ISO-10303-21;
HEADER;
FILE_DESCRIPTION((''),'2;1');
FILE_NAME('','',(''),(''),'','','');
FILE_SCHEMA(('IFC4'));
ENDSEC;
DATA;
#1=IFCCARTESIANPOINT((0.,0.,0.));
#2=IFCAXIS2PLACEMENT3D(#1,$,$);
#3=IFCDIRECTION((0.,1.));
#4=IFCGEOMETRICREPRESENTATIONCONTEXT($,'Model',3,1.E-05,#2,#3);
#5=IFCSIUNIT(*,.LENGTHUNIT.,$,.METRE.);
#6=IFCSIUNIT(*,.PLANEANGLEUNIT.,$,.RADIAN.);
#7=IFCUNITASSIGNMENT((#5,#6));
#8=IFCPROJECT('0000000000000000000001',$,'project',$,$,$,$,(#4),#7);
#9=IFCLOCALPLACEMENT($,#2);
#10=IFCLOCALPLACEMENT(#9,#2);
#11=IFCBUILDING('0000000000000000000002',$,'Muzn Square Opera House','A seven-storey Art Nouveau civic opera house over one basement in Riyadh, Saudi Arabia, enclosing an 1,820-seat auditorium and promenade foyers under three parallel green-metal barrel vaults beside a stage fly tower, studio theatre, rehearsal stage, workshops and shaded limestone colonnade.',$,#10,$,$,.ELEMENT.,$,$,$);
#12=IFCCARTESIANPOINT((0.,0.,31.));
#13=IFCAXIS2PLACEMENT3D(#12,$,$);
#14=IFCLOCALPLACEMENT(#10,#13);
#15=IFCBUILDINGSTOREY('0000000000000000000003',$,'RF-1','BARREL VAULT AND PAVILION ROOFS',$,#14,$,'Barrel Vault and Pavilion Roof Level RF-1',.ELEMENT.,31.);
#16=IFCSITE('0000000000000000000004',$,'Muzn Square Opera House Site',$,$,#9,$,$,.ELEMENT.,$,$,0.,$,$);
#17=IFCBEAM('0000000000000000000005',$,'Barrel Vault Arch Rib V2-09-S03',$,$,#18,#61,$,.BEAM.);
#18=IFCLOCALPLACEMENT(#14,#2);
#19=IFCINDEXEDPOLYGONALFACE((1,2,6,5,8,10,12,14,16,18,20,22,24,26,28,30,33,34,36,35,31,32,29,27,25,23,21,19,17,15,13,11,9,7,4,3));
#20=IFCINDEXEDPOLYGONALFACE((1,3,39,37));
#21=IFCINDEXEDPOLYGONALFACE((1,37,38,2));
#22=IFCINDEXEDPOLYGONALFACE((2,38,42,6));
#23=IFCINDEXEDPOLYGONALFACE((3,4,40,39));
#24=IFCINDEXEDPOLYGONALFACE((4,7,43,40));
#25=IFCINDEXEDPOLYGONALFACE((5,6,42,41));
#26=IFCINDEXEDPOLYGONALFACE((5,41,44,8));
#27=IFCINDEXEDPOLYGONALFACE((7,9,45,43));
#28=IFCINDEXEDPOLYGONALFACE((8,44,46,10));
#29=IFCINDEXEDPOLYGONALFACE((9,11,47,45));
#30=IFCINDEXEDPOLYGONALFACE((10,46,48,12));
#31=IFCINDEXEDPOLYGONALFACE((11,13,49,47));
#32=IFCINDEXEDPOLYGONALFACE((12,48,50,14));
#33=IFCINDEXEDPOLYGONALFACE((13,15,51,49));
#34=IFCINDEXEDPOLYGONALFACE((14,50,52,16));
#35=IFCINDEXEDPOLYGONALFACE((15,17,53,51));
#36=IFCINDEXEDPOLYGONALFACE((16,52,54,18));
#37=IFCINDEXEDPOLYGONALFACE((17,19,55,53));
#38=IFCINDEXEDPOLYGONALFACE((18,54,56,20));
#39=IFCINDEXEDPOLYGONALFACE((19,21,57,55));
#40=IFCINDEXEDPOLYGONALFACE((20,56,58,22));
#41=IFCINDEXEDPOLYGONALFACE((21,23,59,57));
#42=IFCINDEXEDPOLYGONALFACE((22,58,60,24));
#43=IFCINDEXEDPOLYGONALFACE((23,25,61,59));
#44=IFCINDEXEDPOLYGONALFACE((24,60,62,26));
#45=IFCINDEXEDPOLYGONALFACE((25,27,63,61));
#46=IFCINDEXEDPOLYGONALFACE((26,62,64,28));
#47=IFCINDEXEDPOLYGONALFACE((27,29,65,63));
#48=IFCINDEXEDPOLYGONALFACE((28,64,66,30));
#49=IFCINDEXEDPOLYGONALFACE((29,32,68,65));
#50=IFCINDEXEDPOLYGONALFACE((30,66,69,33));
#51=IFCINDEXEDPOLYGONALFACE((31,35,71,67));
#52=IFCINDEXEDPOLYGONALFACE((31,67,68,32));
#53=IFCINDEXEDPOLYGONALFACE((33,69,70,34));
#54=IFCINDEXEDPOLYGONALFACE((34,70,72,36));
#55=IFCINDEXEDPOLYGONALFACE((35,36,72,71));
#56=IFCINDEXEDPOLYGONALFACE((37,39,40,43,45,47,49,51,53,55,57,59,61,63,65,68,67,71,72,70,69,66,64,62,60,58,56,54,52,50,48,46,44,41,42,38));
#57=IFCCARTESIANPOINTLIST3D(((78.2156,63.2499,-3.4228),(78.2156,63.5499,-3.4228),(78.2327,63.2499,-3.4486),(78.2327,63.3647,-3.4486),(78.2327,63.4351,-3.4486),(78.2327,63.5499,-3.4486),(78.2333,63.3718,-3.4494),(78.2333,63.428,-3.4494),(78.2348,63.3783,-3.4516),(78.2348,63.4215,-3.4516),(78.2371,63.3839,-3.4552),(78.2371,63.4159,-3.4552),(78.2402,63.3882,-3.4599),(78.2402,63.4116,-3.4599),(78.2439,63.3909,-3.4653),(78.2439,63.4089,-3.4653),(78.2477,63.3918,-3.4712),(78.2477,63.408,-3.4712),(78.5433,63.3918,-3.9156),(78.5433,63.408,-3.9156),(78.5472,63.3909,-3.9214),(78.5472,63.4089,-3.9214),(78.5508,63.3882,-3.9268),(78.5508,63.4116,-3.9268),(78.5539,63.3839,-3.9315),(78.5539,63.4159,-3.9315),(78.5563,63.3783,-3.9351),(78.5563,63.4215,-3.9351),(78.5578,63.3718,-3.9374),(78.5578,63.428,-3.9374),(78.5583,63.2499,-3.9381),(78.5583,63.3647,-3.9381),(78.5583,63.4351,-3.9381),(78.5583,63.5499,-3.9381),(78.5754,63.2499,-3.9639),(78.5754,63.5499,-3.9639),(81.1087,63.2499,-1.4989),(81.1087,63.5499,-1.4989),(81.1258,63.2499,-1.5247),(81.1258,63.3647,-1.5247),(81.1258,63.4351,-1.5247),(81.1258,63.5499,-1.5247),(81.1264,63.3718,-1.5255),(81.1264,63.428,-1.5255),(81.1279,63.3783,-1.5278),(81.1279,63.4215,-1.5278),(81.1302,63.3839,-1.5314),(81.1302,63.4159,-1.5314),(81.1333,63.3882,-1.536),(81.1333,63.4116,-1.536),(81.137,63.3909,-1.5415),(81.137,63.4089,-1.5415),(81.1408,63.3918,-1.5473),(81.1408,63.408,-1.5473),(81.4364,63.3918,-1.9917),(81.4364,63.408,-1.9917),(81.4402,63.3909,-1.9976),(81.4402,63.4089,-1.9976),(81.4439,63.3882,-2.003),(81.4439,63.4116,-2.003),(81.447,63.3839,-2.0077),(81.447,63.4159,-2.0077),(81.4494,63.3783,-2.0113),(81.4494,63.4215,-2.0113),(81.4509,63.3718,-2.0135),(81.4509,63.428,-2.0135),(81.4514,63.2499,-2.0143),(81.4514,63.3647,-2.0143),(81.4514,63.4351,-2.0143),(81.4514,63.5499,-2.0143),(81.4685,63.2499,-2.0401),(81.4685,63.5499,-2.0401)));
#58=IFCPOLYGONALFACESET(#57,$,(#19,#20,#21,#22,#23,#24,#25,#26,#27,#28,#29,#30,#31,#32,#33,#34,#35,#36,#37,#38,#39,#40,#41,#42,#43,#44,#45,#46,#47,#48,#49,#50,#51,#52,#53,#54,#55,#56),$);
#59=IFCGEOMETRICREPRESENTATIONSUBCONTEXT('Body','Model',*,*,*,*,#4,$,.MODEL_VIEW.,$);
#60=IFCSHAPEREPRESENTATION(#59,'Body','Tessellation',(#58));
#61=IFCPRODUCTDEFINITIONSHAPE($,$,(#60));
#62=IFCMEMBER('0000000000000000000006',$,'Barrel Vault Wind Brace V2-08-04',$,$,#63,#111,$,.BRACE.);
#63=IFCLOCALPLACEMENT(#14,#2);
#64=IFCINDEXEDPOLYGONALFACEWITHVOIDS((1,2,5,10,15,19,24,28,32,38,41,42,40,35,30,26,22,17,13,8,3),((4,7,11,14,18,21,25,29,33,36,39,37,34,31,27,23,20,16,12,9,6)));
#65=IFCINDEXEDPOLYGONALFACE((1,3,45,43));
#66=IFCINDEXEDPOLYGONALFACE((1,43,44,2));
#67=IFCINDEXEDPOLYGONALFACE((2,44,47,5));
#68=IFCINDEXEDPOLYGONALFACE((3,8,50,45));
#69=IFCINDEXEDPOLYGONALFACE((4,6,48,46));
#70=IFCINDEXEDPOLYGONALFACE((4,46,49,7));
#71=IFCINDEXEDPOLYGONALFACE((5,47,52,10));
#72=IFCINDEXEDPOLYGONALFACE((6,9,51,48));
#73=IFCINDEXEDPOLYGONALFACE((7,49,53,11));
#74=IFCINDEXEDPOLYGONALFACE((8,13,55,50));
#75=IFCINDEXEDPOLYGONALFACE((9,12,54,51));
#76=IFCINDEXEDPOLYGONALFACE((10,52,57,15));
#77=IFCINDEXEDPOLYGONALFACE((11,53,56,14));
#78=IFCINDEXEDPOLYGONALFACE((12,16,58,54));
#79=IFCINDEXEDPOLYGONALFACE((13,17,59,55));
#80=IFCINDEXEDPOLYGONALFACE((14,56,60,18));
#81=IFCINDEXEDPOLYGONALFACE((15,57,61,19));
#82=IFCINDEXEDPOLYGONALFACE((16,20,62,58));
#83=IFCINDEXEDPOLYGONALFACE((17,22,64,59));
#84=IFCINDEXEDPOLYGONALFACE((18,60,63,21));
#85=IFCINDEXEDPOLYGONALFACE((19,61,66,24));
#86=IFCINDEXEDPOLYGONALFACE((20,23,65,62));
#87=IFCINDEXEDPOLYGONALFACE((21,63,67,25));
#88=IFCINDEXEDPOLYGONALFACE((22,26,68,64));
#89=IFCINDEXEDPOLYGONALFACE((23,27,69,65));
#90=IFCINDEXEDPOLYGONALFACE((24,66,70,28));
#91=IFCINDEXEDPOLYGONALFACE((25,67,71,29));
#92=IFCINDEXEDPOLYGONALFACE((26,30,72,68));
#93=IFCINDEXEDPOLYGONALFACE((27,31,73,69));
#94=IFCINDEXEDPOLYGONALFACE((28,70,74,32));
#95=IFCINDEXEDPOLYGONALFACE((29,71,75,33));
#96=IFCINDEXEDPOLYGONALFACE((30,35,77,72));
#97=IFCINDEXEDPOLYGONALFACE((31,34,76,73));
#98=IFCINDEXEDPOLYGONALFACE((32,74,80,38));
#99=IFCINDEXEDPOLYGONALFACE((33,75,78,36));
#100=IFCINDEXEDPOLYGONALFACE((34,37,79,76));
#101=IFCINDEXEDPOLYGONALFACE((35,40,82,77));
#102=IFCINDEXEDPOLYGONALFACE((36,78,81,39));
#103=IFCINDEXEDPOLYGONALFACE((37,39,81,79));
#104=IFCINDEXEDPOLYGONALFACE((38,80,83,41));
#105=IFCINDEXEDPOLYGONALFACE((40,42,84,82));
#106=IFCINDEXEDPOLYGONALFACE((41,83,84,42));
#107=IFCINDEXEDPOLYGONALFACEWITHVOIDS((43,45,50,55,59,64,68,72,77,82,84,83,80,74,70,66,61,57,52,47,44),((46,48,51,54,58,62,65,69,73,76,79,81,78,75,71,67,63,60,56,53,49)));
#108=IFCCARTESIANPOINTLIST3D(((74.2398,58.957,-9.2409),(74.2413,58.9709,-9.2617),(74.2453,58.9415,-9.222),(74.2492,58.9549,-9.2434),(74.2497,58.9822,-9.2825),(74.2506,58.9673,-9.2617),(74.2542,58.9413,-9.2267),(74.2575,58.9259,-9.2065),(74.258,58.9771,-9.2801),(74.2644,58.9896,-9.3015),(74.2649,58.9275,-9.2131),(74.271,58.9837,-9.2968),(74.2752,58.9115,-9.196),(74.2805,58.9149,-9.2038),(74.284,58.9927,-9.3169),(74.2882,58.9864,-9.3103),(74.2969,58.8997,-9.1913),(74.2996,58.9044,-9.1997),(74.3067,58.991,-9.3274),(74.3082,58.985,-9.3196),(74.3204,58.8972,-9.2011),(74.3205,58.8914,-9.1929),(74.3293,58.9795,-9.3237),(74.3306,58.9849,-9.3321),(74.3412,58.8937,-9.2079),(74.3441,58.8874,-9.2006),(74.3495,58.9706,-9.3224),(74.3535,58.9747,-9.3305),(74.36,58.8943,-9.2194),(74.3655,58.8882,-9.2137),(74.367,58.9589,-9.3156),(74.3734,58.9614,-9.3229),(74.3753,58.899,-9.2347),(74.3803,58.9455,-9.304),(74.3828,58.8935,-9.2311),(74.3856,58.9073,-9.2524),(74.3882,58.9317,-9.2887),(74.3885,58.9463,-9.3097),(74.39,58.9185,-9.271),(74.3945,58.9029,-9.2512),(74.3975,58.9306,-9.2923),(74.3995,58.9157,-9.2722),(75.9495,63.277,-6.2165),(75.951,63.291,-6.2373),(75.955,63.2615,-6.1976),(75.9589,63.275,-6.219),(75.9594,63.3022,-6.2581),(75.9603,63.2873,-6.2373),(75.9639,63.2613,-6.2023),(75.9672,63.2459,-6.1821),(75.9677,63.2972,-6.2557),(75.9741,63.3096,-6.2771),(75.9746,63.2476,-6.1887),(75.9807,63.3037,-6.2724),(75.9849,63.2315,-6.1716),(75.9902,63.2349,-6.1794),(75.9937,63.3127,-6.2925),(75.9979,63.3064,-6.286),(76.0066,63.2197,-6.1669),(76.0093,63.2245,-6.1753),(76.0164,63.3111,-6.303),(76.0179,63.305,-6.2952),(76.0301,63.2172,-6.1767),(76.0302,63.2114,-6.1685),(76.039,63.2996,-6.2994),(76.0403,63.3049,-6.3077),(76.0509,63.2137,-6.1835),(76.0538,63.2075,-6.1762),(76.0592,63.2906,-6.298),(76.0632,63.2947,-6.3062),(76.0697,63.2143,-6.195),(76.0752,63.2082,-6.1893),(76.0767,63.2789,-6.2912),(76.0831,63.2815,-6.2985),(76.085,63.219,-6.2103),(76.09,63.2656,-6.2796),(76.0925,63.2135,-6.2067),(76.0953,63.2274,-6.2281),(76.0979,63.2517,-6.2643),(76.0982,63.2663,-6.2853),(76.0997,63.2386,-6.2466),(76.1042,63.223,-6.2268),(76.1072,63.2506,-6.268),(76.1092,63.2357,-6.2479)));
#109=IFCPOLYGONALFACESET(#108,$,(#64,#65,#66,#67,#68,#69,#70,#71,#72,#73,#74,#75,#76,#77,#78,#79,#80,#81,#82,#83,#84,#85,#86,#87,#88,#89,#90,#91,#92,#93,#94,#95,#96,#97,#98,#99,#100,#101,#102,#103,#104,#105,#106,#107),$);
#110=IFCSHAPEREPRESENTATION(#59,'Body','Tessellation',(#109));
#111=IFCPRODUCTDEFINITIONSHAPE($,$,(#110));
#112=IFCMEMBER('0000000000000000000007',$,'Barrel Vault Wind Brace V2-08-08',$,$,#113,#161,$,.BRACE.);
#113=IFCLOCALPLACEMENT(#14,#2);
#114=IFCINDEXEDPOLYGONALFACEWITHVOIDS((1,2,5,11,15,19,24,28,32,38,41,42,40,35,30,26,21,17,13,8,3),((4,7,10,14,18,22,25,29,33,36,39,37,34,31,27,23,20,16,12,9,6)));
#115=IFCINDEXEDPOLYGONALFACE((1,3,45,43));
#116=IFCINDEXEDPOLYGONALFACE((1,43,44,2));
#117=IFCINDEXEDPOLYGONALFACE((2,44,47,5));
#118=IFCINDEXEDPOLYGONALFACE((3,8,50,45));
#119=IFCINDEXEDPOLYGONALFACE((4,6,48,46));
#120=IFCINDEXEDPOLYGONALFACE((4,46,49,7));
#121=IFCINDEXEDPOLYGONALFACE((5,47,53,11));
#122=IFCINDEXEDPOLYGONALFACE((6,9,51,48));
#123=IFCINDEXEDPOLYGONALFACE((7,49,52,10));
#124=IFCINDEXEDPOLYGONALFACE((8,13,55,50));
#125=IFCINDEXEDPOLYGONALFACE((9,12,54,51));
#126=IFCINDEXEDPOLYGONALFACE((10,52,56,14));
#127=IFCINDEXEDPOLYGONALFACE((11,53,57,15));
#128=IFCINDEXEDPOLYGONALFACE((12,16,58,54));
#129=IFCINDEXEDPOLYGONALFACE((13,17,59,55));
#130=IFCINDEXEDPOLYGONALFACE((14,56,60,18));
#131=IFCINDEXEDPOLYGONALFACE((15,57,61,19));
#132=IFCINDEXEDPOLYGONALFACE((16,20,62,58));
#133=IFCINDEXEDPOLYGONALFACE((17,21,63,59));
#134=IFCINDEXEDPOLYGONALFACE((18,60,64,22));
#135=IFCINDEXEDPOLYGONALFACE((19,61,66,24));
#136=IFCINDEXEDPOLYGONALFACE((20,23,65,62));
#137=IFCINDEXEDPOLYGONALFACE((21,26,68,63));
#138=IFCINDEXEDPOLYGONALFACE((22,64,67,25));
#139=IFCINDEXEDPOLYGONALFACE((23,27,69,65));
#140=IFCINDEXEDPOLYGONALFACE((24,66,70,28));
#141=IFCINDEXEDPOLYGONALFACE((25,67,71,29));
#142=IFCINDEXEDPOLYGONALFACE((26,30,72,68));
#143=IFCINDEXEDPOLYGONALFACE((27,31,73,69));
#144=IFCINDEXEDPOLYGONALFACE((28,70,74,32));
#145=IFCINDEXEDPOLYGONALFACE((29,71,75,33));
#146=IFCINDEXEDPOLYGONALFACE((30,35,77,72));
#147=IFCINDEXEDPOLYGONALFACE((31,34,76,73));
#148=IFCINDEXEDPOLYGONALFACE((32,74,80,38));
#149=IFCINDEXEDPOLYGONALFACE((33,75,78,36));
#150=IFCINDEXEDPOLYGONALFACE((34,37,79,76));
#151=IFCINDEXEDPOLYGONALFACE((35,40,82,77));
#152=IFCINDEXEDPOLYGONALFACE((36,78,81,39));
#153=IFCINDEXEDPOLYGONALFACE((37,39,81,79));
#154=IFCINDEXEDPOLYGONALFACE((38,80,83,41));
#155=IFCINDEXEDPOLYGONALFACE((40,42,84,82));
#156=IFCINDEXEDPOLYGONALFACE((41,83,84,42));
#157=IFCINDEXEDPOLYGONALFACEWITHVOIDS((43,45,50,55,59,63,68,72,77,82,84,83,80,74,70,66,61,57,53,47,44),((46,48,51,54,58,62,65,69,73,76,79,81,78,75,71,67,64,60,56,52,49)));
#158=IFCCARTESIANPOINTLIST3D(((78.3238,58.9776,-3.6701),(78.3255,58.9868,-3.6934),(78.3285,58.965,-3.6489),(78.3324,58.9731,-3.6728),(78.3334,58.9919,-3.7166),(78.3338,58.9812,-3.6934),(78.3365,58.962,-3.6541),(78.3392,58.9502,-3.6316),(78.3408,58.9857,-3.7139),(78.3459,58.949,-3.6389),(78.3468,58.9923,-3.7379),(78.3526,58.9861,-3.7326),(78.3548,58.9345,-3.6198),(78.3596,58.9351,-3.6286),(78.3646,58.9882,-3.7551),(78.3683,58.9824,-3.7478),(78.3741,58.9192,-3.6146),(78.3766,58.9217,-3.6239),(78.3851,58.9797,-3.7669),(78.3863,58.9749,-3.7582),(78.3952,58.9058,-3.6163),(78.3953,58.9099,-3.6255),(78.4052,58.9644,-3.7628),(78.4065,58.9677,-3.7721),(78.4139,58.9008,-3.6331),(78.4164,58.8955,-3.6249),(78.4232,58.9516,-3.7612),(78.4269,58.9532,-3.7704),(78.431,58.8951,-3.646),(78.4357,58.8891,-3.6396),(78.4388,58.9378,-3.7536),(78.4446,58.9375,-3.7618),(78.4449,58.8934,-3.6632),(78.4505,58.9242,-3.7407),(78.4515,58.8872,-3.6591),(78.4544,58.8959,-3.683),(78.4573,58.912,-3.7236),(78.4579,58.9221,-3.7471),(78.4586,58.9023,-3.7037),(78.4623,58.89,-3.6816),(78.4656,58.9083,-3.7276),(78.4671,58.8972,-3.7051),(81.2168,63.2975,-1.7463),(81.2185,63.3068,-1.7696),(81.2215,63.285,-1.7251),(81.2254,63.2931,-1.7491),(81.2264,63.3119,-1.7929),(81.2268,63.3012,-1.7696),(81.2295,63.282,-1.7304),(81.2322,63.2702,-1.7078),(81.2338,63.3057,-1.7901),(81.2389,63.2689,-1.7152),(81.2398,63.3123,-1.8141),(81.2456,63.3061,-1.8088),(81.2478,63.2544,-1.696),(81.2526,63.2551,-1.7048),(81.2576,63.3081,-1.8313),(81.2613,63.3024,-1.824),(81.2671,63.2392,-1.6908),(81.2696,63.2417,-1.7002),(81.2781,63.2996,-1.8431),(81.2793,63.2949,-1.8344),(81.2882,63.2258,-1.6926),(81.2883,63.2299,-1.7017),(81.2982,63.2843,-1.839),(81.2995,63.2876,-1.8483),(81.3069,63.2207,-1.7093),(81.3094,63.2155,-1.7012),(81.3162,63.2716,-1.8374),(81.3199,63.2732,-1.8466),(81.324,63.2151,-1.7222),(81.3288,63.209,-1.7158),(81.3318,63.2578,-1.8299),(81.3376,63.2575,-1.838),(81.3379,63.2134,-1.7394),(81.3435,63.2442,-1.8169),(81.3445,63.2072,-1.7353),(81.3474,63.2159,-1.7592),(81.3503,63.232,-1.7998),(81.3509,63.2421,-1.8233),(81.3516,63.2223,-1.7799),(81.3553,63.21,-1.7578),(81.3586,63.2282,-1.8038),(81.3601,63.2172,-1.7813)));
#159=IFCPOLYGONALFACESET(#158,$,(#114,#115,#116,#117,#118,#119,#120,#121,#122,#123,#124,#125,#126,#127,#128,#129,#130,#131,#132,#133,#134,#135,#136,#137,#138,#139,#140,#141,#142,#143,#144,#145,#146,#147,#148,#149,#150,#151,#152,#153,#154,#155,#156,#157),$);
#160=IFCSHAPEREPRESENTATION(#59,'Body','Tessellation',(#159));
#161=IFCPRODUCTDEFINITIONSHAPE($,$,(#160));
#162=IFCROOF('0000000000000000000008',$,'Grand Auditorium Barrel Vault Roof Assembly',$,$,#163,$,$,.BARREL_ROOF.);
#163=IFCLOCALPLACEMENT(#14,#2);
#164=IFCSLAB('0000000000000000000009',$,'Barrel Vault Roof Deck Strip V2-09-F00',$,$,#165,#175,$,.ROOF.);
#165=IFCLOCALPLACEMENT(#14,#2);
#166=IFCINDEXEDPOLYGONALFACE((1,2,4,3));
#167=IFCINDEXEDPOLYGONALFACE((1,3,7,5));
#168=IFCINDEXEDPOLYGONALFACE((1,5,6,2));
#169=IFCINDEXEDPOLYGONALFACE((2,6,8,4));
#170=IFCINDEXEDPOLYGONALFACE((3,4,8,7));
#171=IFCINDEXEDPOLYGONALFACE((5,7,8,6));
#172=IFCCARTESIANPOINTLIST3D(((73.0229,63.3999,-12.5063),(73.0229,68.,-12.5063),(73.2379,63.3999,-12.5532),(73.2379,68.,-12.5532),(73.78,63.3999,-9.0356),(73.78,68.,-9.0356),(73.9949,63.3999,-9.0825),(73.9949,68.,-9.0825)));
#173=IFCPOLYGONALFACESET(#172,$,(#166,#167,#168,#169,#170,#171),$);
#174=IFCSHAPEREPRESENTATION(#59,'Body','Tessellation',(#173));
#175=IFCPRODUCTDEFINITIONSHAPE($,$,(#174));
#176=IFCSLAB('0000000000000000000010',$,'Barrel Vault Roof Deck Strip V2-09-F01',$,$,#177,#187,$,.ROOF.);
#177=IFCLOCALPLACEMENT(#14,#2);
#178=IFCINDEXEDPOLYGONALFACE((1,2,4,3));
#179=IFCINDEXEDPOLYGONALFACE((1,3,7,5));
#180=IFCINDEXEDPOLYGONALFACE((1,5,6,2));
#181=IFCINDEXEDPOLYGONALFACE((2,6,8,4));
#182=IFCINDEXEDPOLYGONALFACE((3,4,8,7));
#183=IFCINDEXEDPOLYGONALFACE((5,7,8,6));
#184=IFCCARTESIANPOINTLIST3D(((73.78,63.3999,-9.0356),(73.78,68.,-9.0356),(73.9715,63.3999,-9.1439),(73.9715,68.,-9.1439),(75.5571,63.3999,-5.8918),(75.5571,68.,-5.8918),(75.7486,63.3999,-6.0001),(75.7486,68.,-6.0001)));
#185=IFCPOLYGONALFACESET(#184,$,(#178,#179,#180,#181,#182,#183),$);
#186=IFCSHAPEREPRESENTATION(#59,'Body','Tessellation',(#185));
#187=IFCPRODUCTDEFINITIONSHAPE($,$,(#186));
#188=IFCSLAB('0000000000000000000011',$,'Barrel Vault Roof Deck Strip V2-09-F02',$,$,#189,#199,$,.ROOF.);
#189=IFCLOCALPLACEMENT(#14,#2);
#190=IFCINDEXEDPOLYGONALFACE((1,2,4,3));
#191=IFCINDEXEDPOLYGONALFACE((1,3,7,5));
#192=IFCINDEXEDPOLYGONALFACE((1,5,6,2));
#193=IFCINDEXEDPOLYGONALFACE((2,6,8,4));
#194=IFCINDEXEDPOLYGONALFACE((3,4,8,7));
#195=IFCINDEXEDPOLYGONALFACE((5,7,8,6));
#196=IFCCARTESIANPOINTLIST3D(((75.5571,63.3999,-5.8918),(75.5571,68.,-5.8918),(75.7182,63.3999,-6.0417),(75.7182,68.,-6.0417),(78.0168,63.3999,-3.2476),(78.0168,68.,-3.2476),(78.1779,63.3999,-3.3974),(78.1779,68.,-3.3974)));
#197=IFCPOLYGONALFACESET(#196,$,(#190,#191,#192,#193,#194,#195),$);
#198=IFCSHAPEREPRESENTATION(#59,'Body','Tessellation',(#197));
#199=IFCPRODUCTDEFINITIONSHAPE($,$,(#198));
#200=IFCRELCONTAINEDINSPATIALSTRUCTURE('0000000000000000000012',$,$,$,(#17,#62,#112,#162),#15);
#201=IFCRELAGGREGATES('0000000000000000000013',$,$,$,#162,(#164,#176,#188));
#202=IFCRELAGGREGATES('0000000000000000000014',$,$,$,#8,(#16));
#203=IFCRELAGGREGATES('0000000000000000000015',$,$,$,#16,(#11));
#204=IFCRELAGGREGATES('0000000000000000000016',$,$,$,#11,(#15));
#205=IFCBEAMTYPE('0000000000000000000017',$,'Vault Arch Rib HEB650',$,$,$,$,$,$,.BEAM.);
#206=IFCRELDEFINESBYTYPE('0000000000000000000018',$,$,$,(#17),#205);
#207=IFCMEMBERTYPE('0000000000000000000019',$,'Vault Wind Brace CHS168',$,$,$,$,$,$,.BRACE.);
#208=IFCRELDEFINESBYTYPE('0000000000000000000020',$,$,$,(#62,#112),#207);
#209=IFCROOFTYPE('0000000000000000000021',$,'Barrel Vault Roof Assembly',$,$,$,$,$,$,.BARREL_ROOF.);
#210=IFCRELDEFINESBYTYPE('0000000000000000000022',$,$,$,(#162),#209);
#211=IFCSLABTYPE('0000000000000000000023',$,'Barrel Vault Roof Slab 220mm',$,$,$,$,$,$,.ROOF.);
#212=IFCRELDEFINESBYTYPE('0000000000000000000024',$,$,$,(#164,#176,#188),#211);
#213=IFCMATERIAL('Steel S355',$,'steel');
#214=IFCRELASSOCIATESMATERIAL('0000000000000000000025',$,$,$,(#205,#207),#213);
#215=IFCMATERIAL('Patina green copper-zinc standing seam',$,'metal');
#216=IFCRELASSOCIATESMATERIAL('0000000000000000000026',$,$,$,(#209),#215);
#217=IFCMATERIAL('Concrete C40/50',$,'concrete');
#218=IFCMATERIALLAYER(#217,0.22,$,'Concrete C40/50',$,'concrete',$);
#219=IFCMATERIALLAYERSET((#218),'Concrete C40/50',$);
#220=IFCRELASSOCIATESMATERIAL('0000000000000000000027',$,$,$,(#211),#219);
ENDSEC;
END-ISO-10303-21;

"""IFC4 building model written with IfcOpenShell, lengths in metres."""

from ifc_helpers import new_model, si_unit, direction, frame, origin, origin_2d, place, context, subcontext, project, spatial, polyline, hollow_circle, i_section, outline, extrude, material, layer, layer_set, material_profile, profile_set, type_object, element, aggregate, save


model = new_model("IFC4")

# Units and contexts
model_context = context("Model", 3, precision=1e-05, world=origin(), true_north=direction((0.0, 1.0)))
body_context = subcontext(model_context, "Body", "Model", "MODEL_VIEW")
ifc_project = project(units=[si_unit("LENGTHUNIT", "METRE"), si_unit("PLANEANGLEUNIT", "RADIAN")], contexts=[model_context])

# Site, building, storey
site_placement = place(None, origin())
site = spatial("IfcSite", under=ifc_project, at=site_placement, Name="Muzn Square Opera House Site", CompositionType="ELEMENT", RefElevation=0.0)
building_placement = place(site_placement, origin())
building = spatial("IfcBuilding", under=site, at=building_placement, Name="Muzn Square Opera House", Description="A seven-storey Art Nouveau civic opera house over one basement in Riyadh, Saudi Arabia, enclosing an 1,820-seat auditorium and promenade foyers under three parallel green-metal barrel vaults beside a stage fly tower, studio theatre, rehearsal stage, workshops and shaded limestone colonnade.", CompositionType="ELEMENT")
storey_placement = place(building_placement, frame((0.0, 0.0, 31.0)))
storey = spatial("IfcBuildingStorey", under=building, at=storey_placement, Name="RF-1", Description="BARREL VAULT AND PAVILION ROOFS", LongName="Barrel Vault and Pavilion Roof Level RF-1", CompositionType="ELEMENT", Elevation=31.0)

# Beam
ifc_material_1 = material(Name="Steel S355", Category="steel")
ifc_material_profile_1 = material_profile(ifc_material_1, i_section(OverallWidth=0.3, OverallDepth=0.6499, WebThickness=0.0161, FlangeThickness=0.031, FilletRadius=0.0271, at=origin_2d()), Name="HEB 650", Category="steel")
ifc_profile_set_1 = profile_set([ifc_material_profile_1], Name="Steel S355")
beam_type_1 = type_object("IfcBeamType", Name="Vault Arch Rib HEB650", PredefinedType="BEAM", material=ifc_profile_set_1)
for number, where, z_axis, x_axis, name in (
    (1, (78.3955, 63.3999, -3.6934), (0.832698, 0.0, 0.553727), (0.0, 1.0, 0.0), "Barrel Vault Arch Rib V2-09-S03"),
):
    element("IfcBeam", number, at=place(storey_placement, frame(where, z_axis=z_axis, x_axis=x_axis)), inside=storey, type_object=beam_type_1, Name=name, PredefinedType="BEAM", context=body_context, shape_type="SweptSolid", body=[
        extrude(i_section(OverallWidth=0.3, OverallDepth=0.6499, WebThickness=0.0161, FlangeThickness=0.031, FilletRadius=0.0271, at=origin_2d()), origin(), (0.0, 0.0, 1.0), 3.4744),
    ])

# Members
ifc_material_profile_2 = material_profile(ifc_material_1, hollow_circle(Radius=0.0842, WallThickness=0.01, at=origin_2d()), Name="CHS 168.3x10", Category="steel")
ifc_profile_set_2 = profile_set([ifc_material_profile_2], Name="Steel S355")
member_type = type_object("IfcMemberType", Name="Vault Wind Brace CHS168", PredefinedType="BRACE", material=ifc_profile_set_2)
for number, where, z_axis, x_axis, name in (
    (2, (74.3196, 58.9399, -9.2617), (0.308404, 0.779268, 0.545553), (-0.929829, 0.367991, 0.0), "Barrel Vault Wind Brace V2-08-04"),
    (3, (78.3955, 58.9399, -3.6934), (0.521854, 0.779258, 0.347022), (-0.830893, 0.556433, 0.0), "Barrel Vault Wind Brace V2-08-08"),
):
    element("IfcMember", number, at=place(storey_placement, frame(where, z_axis=z_axis, x_axis=x_axis)), inside=storey, type_object=member_type, Name=name, PredefinedType="BRACE", context=body_context, shape_type="SweptSolid", body=[
        extrude(hollow_circle(Radius=0.0842, WallThickness=0.01, at=origin_2d()), origin(), (0.0, 0.0, 1.0), 5.5437),
    ])

# Roof, slabs
ifc_material_2 = material(Name="Patina green copper-zinc standing seam", Category="metal")
roof_type = type_object("IfcRoofType", Name="Barrel Vault Roof Assembly", PredefinedType="BARREL_ROOF", material=ifc_material_2)
roof_placement = place(storey_placement, origin())
roof = element("IfcRoof", 4, at=roof_placement, inside=storey, type_object=roof_type, Name="Grand Auditorium Barrel Vault Roof Assembly", PredefinedType="BARREL_ROOF")
ifc_material_3 = material(Name="Concrete C40/50", Category="concrete")
ifc_layer_1 = layer(ifc_material_3, 0.22, Name="Concrete C40/50", Category="concrete")
ifc_layer_set_1 = layer_set([ifc_layer_1], Name="Concrete C40/50")
slab_type = type_object("IfcSlabType", Name="Barrel Vault Roof Slab 220mm", PredefinedType="ROOF", material=ifc_layer_set_1)
slab_1_placement = place(storey_placement, frame((73.78, 63.3999, -9.0356), z_axis=(-0.977025, 0.0, 0.213123), x_axis=(0.0, 1.0, 0.0)))
slab_1 = element("IfcSlab", 5, at=slab_1_placement, type_object=slab_type, Name="Barrel Vault Roof Deck Strip V2-09-F00", PredefinedType="ROOF", context=body_context, shape_type="SweptSolid", body=[
    extrude(outline(polyline([(0.0, 3.5523), (0.0, 0.0), (4.6001, 0.0), (4.6001, 3.5523), (0.0, 3.5523)])), origin(), (0.0, 0.0, -1.0), 0.22),
])
slab_2_placement = place(storey_placement, frame((75.5571, 63.3999, -5.8918), z_axis=(-0.870543, 0.0, 0.492093), x_axis=(0.0, 1.0, 0.0)))
slab_2 = element("IfcSlab", 6, at=slab_2_placement, type_object=slab_type, Name="Barrel Vault Roof Deck Strip V2-09-F01", PredefinedType="ROOF", context=body_context, shape_type="SweptSolid", body=[
    extrude(outline(polyline([(0.0, 3.6113), (0.0, 0.0), (4.6001, 0.0), (4.6001, 3.6113), (0.0, 3.6113)])), origin(), (0.0, 0.0, -1.0), 0.22),
])
slab_3_placement = place(storey_placement, frame((78.0168, 63.3999, -3.2476), z_axis=(-0.732198, 0.0, 0.681091), x_axis=(0.0, 1.0, 0.0)))
slab_3 = element("IfcSlab", 7, at=slab_3_placement, type_object=slab_type, Name="Barrel Vault Roof Deck Strip V2-09-F02", PredefinedType="ROOF", context=body_context, shape_type="SweptSolid", body=[
    extrude(outline(polyline([(0.0, 3.6114), (0.0, 0.0), (4.6001, 0.0), (4.6001, 3.6114), (0.0, 3.6114)])), origin(), (0.0, 0.0, -1.0), 0.22),
])
aggregate(roof, [slab_1, slab_2, slab_3])

save(model, "model.ifc")
